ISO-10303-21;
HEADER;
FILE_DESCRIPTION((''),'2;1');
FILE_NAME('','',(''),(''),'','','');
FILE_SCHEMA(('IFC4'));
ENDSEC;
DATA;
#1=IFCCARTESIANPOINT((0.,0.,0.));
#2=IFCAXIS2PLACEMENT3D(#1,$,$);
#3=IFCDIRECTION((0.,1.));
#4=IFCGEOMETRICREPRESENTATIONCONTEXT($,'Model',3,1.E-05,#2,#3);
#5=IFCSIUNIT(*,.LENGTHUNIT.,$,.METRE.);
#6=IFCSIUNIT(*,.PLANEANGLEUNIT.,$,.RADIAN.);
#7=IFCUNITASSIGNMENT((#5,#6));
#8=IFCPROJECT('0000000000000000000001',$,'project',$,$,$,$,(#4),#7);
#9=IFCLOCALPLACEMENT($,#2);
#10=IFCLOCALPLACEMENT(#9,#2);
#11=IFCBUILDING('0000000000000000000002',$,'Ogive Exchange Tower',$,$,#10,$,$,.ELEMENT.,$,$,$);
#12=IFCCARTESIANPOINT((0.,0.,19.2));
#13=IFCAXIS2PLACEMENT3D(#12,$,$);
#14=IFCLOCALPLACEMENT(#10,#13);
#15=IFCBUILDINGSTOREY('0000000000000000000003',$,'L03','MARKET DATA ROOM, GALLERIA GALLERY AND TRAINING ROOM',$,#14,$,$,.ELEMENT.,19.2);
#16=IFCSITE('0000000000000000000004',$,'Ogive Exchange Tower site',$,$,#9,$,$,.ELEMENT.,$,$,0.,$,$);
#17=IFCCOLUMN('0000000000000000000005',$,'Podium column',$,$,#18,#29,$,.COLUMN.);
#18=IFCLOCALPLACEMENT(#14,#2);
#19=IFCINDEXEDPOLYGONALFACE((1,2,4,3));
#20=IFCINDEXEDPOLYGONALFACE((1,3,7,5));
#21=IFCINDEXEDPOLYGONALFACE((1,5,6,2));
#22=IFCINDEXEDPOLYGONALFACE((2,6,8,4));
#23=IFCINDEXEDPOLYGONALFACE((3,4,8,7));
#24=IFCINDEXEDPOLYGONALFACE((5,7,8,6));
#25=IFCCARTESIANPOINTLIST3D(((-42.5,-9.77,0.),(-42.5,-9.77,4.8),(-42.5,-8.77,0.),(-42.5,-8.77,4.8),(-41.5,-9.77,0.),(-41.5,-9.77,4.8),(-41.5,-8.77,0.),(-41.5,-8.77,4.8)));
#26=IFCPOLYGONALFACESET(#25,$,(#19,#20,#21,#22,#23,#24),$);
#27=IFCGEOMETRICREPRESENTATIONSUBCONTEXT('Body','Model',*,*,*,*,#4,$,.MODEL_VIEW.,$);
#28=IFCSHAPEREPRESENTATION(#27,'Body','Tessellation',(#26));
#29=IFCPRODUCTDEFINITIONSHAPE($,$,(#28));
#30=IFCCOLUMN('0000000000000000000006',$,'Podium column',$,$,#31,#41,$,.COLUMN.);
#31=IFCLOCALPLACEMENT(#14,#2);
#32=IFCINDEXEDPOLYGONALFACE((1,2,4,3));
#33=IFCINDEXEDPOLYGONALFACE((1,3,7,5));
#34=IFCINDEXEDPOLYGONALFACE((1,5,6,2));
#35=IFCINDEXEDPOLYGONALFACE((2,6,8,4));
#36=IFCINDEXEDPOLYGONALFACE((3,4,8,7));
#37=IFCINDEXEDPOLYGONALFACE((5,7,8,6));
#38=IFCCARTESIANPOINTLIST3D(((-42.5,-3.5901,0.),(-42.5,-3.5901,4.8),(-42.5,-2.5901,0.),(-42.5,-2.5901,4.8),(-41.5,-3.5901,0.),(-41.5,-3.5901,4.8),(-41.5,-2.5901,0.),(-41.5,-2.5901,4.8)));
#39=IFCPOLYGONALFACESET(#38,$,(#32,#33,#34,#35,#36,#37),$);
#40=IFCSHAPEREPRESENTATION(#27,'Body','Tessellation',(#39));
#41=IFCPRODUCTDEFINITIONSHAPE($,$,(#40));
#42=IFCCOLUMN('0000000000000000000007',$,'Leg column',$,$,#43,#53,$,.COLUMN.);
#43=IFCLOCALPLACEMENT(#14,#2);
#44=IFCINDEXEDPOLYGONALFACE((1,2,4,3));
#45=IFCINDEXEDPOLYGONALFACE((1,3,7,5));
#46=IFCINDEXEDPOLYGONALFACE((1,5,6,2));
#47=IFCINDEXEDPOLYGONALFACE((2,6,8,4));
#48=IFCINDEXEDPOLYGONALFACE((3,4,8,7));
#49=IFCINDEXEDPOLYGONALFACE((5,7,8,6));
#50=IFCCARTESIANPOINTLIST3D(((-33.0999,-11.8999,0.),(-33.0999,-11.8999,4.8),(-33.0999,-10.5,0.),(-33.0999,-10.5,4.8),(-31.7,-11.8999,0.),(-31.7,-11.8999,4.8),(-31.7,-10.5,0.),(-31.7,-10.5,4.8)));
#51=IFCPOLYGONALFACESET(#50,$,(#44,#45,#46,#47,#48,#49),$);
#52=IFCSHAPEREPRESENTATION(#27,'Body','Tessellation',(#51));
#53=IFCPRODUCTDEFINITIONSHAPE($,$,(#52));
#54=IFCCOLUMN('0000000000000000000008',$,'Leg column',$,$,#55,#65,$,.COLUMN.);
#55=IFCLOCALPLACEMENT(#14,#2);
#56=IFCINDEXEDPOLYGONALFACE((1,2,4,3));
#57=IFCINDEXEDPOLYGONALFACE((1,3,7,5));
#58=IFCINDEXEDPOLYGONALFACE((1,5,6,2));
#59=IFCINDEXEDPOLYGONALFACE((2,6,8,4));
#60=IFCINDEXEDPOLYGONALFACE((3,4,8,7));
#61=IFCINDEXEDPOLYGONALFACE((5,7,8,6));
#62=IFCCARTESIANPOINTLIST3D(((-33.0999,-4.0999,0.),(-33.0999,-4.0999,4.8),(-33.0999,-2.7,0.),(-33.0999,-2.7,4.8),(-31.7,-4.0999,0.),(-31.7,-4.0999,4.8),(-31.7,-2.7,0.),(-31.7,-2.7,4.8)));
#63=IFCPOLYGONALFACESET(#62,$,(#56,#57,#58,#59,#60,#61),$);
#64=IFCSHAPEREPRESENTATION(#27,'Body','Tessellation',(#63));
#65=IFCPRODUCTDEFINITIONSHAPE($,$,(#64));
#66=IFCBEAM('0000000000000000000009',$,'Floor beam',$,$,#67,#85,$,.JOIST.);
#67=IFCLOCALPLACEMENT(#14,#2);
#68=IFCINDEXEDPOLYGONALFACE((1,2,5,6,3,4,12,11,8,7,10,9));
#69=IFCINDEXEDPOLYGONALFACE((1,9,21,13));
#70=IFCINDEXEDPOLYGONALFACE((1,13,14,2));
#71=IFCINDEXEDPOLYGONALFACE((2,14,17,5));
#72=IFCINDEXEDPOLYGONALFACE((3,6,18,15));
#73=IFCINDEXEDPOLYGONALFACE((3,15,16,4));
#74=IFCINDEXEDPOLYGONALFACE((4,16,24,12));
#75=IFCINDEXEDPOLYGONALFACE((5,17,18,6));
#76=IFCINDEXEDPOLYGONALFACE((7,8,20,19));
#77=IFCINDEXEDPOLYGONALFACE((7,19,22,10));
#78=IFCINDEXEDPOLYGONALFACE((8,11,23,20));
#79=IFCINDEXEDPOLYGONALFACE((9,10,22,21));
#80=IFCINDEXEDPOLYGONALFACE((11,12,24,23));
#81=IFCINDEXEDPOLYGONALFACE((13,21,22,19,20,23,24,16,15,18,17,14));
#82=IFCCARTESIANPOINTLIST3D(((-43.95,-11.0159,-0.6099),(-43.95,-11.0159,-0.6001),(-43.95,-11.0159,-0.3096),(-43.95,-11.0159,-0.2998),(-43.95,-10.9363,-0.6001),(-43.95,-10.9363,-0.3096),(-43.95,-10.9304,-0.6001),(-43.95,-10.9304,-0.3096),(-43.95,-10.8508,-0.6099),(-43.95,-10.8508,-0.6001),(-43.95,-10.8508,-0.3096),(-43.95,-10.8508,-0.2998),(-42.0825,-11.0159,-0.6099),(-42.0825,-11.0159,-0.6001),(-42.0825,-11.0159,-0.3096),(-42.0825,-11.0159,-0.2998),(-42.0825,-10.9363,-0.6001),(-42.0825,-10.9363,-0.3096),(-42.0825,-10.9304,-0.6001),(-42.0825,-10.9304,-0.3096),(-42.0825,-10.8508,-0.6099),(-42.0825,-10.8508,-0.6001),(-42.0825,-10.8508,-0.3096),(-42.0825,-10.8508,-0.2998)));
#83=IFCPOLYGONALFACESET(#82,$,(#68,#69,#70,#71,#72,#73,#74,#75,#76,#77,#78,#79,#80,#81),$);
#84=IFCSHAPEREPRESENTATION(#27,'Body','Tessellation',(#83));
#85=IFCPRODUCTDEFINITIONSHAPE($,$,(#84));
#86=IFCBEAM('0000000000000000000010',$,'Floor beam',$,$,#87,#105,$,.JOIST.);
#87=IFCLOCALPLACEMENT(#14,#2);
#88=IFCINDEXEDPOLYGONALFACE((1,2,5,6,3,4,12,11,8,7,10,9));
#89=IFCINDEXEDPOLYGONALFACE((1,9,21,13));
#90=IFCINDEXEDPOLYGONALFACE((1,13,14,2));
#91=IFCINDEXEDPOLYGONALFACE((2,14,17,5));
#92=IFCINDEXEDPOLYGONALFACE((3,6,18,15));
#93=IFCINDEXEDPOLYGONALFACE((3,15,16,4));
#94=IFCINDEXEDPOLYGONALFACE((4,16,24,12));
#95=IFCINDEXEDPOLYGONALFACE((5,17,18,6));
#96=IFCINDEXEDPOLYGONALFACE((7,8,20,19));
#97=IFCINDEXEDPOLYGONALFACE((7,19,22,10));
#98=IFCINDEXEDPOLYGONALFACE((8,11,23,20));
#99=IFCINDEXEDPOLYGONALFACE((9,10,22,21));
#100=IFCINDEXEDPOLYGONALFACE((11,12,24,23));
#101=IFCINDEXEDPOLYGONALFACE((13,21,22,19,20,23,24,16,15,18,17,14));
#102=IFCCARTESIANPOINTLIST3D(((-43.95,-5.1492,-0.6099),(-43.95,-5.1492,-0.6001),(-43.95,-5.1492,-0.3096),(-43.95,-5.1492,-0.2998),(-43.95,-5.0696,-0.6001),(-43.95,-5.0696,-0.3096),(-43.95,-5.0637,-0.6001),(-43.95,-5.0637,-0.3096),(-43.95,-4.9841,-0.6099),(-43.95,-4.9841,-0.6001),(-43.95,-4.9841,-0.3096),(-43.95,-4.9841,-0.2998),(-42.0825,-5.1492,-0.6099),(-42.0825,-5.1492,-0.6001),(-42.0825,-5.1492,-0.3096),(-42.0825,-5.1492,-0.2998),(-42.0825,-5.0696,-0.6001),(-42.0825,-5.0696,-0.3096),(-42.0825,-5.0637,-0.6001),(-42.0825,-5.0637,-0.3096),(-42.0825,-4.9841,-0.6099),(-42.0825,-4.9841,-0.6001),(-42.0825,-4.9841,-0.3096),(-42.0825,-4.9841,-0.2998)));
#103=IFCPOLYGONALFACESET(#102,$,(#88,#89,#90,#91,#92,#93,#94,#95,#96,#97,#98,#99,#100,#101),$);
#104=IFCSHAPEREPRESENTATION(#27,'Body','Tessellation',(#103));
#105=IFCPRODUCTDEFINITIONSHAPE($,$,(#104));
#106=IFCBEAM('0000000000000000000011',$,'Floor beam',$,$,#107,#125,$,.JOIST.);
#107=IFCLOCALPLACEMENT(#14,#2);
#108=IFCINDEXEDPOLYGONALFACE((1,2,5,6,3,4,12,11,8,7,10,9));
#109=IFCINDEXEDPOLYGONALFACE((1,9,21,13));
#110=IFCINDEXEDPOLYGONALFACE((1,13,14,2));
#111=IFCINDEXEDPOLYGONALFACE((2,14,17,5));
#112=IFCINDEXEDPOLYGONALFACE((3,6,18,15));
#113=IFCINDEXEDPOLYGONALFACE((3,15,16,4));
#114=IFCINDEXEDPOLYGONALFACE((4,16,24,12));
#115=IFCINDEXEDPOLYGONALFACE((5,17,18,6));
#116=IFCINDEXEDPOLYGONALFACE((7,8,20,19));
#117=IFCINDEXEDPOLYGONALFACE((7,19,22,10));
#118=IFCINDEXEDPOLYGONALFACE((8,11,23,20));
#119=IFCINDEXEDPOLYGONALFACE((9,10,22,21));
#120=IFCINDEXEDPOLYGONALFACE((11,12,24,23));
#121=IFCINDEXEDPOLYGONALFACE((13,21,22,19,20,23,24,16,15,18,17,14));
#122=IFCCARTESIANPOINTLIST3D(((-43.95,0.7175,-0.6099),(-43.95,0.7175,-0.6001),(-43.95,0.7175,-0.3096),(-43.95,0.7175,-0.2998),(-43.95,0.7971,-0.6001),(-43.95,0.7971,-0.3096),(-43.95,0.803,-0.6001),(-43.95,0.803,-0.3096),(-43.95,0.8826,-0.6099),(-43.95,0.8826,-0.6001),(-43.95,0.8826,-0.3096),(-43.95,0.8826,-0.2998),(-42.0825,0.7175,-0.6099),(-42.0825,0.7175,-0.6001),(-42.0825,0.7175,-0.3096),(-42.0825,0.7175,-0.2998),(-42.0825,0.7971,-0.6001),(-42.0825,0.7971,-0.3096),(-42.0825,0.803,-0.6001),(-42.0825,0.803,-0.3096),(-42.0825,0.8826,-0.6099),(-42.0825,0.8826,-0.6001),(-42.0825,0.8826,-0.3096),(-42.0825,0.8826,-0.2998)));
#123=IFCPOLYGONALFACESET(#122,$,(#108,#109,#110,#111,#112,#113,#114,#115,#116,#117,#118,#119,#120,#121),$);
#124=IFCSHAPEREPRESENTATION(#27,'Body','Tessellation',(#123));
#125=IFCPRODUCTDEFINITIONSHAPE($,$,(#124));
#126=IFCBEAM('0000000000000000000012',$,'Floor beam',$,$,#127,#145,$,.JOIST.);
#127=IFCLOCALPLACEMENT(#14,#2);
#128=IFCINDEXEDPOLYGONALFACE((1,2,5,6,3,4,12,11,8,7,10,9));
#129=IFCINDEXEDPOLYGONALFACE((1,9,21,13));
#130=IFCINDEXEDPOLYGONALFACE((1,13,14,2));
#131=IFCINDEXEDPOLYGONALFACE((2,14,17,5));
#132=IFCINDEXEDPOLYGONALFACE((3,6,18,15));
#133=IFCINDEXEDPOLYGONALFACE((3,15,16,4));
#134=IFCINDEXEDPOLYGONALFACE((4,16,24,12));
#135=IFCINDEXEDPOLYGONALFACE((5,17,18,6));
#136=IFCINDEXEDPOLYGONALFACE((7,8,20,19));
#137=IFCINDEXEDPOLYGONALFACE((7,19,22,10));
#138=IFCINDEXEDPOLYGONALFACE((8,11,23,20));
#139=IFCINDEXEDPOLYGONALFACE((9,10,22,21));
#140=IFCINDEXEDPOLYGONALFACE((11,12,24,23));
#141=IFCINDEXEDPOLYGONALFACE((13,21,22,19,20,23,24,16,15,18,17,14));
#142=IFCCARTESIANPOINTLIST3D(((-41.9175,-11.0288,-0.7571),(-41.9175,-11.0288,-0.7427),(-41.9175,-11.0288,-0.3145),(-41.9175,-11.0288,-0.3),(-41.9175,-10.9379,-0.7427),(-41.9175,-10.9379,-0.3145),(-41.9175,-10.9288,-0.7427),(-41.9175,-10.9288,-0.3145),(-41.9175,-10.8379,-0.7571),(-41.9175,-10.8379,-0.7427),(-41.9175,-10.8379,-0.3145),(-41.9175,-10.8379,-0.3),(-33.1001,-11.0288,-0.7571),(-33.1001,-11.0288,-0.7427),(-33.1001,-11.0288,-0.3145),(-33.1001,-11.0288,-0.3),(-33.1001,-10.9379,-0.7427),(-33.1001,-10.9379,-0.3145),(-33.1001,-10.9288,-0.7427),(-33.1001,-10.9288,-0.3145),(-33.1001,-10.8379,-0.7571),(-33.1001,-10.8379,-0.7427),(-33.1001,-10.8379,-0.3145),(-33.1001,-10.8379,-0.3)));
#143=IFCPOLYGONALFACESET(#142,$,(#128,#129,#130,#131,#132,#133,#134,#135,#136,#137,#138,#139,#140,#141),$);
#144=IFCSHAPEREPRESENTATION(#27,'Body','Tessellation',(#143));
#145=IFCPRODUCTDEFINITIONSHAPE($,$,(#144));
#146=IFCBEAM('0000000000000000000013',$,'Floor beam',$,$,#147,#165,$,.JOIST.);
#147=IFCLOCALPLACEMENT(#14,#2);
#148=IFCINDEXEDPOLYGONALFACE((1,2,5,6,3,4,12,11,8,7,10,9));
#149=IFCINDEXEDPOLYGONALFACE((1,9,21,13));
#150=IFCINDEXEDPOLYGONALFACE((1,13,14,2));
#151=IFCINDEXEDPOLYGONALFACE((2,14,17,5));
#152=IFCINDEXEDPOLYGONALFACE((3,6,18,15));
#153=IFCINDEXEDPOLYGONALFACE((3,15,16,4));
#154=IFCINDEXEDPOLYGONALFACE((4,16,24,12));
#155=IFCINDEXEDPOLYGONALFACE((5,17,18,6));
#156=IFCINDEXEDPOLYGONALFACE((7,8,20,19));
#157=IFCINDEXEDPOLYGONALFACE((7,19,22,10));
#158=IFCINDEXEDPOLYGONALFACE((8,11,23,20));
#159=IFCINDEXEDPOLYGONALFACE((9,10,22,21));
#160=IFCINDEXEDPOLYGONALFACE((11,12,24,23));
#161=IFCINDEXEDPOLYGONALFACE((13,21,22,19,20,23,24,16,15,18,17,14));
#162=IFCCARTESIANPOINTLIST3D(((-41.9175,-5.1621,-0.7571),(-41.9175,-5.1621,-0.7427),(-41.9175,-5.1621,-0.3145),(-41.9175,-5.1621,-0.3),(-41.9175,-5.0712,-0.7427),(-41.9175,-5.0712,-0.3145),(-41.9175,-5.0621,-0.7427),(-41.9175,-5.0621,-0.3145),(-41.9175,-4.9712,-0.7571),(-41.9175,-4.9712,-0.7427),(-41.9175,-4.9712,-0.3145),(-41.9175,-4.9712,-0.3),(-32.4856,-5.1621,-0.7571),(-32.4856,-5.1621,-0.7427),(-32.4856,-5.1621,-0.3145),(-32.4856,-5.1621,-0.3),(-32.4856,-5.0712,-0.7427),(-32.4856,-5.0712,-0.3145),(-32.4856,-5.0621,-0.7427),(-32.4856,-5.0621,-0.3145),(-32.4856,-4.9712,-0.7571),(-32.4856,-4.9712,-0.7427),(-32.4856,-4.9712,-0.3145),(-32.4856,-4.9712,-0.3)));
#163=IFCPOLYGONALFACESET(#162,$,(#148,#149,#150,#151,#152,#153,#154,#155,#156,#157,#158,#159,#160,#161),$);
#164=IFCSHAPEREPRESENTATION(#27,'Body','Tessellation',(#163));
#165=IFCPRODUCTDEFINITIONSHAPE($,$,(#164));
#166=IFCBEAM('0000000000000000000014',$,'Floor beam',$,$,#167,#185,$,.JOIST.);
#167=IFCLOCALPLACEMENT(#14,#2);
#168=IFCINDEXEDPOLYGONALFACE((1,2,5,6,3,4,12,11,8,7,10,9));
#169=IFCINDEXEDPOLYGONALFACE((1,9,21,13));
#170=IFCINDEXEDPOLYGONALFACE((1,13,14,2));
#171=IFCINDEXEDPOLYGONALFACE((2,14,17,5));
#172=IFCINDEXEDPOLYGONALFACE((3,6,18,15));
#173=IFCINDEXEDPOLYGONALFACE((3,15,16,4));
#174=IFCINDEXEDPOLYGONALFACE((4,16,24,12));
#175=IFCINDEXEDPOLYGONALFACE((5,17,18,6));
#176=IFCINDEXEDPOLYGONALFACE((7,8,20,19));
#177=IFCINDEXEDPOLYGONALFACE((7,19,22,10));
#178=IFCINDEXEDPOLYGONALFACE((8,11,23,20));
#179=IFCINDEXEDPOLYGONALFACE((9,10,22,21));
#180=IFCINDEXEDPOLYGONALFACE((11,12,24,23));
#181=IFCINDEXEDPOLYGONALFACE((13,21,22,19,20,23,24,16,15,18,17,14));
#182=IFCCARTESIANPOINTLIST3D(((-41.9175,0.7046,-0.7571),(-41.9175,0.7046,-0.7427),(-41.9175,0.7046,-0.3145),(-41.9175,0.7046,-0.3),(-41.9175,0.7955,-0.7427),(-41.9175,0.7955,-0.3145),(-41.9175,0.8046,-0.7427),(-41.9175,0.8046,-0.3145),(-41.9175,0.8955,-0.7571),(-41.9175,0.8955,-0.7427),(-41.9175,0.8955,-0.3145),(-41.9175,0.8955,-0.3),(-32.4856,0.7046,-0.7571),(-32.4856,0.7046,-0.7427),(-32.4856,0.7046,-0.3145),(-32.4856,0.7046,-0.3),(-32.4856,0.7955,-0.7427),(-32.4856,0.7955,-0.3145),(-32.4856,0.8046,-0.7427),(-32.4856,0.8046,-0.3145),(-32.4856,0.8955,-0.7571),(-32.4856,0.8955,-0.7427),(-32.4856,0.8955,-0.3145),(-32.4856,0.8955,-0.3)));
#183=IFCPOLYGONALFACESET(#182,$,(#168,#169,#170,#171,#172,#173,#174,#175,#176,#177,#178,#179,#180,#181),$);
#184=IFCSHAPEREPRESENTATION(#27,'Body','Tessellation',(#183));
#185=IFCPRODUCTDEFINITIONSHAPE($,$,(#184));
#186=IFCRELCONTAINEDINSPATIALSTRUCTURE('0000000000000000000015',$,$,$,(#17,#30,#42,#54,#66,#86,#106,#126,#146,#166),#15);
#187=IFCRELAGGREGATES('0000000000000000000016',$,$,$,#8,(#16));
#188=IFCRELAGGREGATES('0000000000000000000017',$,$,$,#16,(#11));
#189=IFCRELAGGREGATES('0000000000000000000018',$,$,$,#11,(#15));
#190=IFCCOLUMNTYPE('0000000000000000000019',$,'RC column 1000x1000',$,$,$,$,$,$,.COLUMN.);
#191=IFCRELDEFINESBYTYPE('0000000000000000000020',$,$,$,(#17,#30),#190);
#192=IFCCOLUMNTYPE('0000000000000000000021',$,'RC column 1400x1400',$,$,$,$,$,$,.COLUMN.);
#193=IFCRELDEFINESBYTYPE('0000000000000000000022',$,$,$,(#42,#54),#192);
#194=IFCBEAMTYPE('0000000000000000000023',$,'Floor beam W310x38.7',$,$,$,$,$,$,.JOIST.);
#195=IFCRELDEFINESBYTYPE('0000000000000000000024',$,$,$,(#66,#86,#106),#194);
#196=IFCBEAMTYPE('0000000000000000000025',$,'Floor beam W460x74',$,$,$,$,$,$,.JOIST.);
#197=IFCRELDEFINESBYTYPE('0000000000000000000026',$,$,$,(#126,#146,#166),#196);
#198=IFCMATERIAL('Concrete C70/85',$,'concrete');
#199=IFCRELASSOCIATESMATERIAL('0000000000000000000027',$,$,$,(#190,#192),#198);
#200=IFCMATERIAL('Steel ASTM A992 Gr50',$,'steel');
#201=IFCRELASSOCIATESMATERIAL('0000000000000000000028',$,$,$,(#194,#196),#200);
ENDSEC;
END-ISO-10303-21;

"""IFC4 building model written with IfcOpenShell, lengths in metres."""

from ifc_helpers import new_model, si_unit, direction, frame, origin, origin_2d, place, context, subcontext, project, spatial, rectangle, i_section, extrude, material, material_profile, profile_set, type_object, element, save


model = new_model("IFC4")

# Units and contexts
model_context = context("Model", 3, precision=1e-05, world=origin(), true_north=direction((0.0, 1.0)))
body_context = subcontext(model_context, "Body", "Model", "MODEL_VIEW")
ifc_project = project(units=[si_unit("LENGTHUNIT", "METRE"), si_unit("PLANEANGLEUNIT", "RADIAN")], contexts=[model_context])

# Site, building, storey
site_placement = place(None, origin())
site = spatial("IfcSite", under=ifc_project, at=site_placement, Name="Ogive Exchange Tower site", CompositionType="ELEMENT", RefElevation=0.0)
building_placement = place(site_placement, origin())
building = spatial("IfcBuilding", under=site, at=building_placement, Name="Ogive Exchange Tower", CompositionType="ELEMENT")
storey_placement = place(building_placement, frame((0.0, 0.0, 19.2)))
storey = spatial("IfcBuildingStorey", under=building, at=storey_placement, Name="L03", Description="MARKET DATA ROOM, GALLERIA GALLERY AND TRAINING ROOM", CompositionType="ELEMENT", Elevation=19.2)

# Columns
ifc_material_1 = material(Name="Concrete C70/85", Category="concrete")
ifc_material_profile_1 = material_profile(ifc_material_1, rectangle(XDim=1.0, YDim=1.0, at=origin_2d()), Name="RC 1000x1000")
ifc_profile_set_1 = profile_set([ifc_material_profile_1], Name="Concrete C70/85")
column_type_1 = type_object("IfcColumnType", Name="RC column 1000x1000", PredefinedType="COLUMN", material=ifc_profile_set_1)
for number, where, z_axis, x_axis, name in (
    (1, (-42.0, -9.27, 0.0), (0.0, 0.0, 1.0), (1.0, 0.0, 0.0), "Podium column"),
    (2, (-42.0, -3.0901, 0.0), (0.0, 0.0, 1.0), (1.0, 0.0, 0.0), "Podium column"),
):
    element("IfcColumn", number, at=place(storey_placement, frame(where, z_axis=z_axis, x_axis=x_axis)), inside=storey, type_object=column_type_1, Name=name, PredefinedType="COLUMN", context=body_context, shape_type="SweptSolid", body=[
        extrude(rectangle(XDim=1.0, YDim=1.0, at=origin_2d()), origin(), (0.0, 0.0, 1.0), 4.8),
    ])
ifc_material_profile_2 = material_profile(ifc_material_1, rectangle(XDim=1.3999, YDim=1.3999, at=origin_2d()), Name="RC 1400x1400")
ifc_profile_set_2 = profile_set([ifc_material_profile_2], Name="Concrete C70/85")
column_type_2 = type_object("IfcColumnType", Name="RC column 1400x1400", PredefinedType="COLUMN", material=ifc_profile_set_2)
for number, where, z_axis, x_axis, name in (
    (3, (-32.3999, -11.2, 0.0), (0.0, 0.0, 1.0), (1.0, 0.0, 0.0), "Leg column"),
    (4, (-32.3999, -3.3999, 0.0), (0.0, 0.0, 1.0), (1.0, 0.0, 0.0), "Leg column"),
):
    element("IfcColumn", number, at=place(storey_placement, frame(where, z_axis=z_axis, x_axis=x_axis)), inside=storey, type_object=column_type_2, Name=name, PredefinedType="COLUMN", context=body_context, shape_type="SweptSolid", body=[
        extrude(rectangle(XDim=1.3999, YDim=1.3999, at=origin_2d()), origin(), (0.0, 0.0, 1.0), 4.8),
    ])

# Beams
ifc_material_2 = material(Name="Steel ASTM A992 Gr50", Category="steel")
ifc_material_profile_3 = material_profile(ifc_material_2, i_section(OverallWidth=0.165, OverallDepth=0.3101, WebThickness=0.0059, FlangeThickness=0.0098, at=origin_2d()), Name="W310x38.7")
ifc_profile_set_3 = profile_set([ifc_material_profile_3], Name="Steel ASTM A992 Gr50")
beam_type_1 = type_object("IfcBeamType", Name="Floor beam W310x38.7", PredefinedType="JOIST", material=ifc_profile_set_3)
for number, where, z_axis, x_axis, name in (
    (5, (-43.95, -10.9333, -0.4548), (1.0, 0.0, 0.0), (0.0, 1.0, 0.0), "Floor beam"),
    (6, (-43.95, -5.0667, -0.4548), (1.0, 0.0, 0.0), (0.0, 1.0, 0.0), "Floor beam"),
    (7, (-43.95, 0.8, -0.4548), (1.0, 0.0, 0.0), (0.0, 1.0, 0.0), "Floor beam"),
):
    element("IfcBeam", number, at=place(storey_placement, frame(where, z_axis=z_axis, x_axis=x_axis)), inside=storey, type_object=beam_type_1, Name=name, PredefinedType="JOIST", context=body_context, shape_type="SweptSolid", body=[
        extrude(i_section(OverallWidth=0.165, OverallDepth=0.3101, WebThickness=0.0059, FlangeThickness=0.0098, at=origin_2d()), origin(), (0.0, 0.0, 1.0), 1.8674),
    ])
ifc_material_profile_4 = material_profile(ifc_material_2, i_section(OverallWidth=0.1909, OverallDepth=0.457, WebThickness=0.009, FlangeThickness=0.0144, at=origin_2d()), Name="W460x74")
ifc_profile_set_4 = profile_set([ifc_material_profile_4], Name="Steel ASTM A992 Gr50")
beam_type_2 = type_object("IfcBeamType", Name="Floor beam W460x74", PredefinedType="JOIST", material=ifc_profile_set_4)
beam_1_placement = place(storey_placement, frame((-41.9175, -10.9333, -0.5286), z_axis=(1.0, 0.0, 0.0), x_axis=(0.0, 1.0, 0.0)))
element("IfcBeam", 8, at=beam_1_placement, inside=storey, type_object=beam_type_2, Name="Floor beam", PredefinedType="JOIST", context=body_context, shape_type="SweptSolid", body=[
    extrude(i_section(OverallWidth=0.1909, OverallDepth=0.457, WebThickness=0.009, FlangeThickness=0.0144, at=origin_2d()), origin(), (0.0, 0.0, 1.0), 8.8174),
])
for number, where, z_axis, x_axis, name in (
    (9, (-41.9175, -5.0667, -0.5286), (1.0, 0.0, 0.0), (0.0, 1.0, 0.0), "Floor beam"),
    (10, (-41.9175, 0.8, -0.5286), (1.0, 0.0, 0.0), (0.0, 1.0, 0.0), "Floor beam"),
):
    element("IfcBeam", number, at=place(storey_placement, frame(where, z_axis=z_axis, x_axis=x_axis)), inside=storey, type_object=beam_type_2, Name=name, PredefinedType="JOIST", context=body_context, shape_type="SweptSolid", body=[
        extrude(i_section(OverallWidth=0.1909, OverallDepth=0.457, WebThickness=0.009, FlangeThickness=0.0144, at=origin_2d()), origin(), (0.0, 0.0, 1.0), 9.4319),
    ])

save(model, "model.ifc")
